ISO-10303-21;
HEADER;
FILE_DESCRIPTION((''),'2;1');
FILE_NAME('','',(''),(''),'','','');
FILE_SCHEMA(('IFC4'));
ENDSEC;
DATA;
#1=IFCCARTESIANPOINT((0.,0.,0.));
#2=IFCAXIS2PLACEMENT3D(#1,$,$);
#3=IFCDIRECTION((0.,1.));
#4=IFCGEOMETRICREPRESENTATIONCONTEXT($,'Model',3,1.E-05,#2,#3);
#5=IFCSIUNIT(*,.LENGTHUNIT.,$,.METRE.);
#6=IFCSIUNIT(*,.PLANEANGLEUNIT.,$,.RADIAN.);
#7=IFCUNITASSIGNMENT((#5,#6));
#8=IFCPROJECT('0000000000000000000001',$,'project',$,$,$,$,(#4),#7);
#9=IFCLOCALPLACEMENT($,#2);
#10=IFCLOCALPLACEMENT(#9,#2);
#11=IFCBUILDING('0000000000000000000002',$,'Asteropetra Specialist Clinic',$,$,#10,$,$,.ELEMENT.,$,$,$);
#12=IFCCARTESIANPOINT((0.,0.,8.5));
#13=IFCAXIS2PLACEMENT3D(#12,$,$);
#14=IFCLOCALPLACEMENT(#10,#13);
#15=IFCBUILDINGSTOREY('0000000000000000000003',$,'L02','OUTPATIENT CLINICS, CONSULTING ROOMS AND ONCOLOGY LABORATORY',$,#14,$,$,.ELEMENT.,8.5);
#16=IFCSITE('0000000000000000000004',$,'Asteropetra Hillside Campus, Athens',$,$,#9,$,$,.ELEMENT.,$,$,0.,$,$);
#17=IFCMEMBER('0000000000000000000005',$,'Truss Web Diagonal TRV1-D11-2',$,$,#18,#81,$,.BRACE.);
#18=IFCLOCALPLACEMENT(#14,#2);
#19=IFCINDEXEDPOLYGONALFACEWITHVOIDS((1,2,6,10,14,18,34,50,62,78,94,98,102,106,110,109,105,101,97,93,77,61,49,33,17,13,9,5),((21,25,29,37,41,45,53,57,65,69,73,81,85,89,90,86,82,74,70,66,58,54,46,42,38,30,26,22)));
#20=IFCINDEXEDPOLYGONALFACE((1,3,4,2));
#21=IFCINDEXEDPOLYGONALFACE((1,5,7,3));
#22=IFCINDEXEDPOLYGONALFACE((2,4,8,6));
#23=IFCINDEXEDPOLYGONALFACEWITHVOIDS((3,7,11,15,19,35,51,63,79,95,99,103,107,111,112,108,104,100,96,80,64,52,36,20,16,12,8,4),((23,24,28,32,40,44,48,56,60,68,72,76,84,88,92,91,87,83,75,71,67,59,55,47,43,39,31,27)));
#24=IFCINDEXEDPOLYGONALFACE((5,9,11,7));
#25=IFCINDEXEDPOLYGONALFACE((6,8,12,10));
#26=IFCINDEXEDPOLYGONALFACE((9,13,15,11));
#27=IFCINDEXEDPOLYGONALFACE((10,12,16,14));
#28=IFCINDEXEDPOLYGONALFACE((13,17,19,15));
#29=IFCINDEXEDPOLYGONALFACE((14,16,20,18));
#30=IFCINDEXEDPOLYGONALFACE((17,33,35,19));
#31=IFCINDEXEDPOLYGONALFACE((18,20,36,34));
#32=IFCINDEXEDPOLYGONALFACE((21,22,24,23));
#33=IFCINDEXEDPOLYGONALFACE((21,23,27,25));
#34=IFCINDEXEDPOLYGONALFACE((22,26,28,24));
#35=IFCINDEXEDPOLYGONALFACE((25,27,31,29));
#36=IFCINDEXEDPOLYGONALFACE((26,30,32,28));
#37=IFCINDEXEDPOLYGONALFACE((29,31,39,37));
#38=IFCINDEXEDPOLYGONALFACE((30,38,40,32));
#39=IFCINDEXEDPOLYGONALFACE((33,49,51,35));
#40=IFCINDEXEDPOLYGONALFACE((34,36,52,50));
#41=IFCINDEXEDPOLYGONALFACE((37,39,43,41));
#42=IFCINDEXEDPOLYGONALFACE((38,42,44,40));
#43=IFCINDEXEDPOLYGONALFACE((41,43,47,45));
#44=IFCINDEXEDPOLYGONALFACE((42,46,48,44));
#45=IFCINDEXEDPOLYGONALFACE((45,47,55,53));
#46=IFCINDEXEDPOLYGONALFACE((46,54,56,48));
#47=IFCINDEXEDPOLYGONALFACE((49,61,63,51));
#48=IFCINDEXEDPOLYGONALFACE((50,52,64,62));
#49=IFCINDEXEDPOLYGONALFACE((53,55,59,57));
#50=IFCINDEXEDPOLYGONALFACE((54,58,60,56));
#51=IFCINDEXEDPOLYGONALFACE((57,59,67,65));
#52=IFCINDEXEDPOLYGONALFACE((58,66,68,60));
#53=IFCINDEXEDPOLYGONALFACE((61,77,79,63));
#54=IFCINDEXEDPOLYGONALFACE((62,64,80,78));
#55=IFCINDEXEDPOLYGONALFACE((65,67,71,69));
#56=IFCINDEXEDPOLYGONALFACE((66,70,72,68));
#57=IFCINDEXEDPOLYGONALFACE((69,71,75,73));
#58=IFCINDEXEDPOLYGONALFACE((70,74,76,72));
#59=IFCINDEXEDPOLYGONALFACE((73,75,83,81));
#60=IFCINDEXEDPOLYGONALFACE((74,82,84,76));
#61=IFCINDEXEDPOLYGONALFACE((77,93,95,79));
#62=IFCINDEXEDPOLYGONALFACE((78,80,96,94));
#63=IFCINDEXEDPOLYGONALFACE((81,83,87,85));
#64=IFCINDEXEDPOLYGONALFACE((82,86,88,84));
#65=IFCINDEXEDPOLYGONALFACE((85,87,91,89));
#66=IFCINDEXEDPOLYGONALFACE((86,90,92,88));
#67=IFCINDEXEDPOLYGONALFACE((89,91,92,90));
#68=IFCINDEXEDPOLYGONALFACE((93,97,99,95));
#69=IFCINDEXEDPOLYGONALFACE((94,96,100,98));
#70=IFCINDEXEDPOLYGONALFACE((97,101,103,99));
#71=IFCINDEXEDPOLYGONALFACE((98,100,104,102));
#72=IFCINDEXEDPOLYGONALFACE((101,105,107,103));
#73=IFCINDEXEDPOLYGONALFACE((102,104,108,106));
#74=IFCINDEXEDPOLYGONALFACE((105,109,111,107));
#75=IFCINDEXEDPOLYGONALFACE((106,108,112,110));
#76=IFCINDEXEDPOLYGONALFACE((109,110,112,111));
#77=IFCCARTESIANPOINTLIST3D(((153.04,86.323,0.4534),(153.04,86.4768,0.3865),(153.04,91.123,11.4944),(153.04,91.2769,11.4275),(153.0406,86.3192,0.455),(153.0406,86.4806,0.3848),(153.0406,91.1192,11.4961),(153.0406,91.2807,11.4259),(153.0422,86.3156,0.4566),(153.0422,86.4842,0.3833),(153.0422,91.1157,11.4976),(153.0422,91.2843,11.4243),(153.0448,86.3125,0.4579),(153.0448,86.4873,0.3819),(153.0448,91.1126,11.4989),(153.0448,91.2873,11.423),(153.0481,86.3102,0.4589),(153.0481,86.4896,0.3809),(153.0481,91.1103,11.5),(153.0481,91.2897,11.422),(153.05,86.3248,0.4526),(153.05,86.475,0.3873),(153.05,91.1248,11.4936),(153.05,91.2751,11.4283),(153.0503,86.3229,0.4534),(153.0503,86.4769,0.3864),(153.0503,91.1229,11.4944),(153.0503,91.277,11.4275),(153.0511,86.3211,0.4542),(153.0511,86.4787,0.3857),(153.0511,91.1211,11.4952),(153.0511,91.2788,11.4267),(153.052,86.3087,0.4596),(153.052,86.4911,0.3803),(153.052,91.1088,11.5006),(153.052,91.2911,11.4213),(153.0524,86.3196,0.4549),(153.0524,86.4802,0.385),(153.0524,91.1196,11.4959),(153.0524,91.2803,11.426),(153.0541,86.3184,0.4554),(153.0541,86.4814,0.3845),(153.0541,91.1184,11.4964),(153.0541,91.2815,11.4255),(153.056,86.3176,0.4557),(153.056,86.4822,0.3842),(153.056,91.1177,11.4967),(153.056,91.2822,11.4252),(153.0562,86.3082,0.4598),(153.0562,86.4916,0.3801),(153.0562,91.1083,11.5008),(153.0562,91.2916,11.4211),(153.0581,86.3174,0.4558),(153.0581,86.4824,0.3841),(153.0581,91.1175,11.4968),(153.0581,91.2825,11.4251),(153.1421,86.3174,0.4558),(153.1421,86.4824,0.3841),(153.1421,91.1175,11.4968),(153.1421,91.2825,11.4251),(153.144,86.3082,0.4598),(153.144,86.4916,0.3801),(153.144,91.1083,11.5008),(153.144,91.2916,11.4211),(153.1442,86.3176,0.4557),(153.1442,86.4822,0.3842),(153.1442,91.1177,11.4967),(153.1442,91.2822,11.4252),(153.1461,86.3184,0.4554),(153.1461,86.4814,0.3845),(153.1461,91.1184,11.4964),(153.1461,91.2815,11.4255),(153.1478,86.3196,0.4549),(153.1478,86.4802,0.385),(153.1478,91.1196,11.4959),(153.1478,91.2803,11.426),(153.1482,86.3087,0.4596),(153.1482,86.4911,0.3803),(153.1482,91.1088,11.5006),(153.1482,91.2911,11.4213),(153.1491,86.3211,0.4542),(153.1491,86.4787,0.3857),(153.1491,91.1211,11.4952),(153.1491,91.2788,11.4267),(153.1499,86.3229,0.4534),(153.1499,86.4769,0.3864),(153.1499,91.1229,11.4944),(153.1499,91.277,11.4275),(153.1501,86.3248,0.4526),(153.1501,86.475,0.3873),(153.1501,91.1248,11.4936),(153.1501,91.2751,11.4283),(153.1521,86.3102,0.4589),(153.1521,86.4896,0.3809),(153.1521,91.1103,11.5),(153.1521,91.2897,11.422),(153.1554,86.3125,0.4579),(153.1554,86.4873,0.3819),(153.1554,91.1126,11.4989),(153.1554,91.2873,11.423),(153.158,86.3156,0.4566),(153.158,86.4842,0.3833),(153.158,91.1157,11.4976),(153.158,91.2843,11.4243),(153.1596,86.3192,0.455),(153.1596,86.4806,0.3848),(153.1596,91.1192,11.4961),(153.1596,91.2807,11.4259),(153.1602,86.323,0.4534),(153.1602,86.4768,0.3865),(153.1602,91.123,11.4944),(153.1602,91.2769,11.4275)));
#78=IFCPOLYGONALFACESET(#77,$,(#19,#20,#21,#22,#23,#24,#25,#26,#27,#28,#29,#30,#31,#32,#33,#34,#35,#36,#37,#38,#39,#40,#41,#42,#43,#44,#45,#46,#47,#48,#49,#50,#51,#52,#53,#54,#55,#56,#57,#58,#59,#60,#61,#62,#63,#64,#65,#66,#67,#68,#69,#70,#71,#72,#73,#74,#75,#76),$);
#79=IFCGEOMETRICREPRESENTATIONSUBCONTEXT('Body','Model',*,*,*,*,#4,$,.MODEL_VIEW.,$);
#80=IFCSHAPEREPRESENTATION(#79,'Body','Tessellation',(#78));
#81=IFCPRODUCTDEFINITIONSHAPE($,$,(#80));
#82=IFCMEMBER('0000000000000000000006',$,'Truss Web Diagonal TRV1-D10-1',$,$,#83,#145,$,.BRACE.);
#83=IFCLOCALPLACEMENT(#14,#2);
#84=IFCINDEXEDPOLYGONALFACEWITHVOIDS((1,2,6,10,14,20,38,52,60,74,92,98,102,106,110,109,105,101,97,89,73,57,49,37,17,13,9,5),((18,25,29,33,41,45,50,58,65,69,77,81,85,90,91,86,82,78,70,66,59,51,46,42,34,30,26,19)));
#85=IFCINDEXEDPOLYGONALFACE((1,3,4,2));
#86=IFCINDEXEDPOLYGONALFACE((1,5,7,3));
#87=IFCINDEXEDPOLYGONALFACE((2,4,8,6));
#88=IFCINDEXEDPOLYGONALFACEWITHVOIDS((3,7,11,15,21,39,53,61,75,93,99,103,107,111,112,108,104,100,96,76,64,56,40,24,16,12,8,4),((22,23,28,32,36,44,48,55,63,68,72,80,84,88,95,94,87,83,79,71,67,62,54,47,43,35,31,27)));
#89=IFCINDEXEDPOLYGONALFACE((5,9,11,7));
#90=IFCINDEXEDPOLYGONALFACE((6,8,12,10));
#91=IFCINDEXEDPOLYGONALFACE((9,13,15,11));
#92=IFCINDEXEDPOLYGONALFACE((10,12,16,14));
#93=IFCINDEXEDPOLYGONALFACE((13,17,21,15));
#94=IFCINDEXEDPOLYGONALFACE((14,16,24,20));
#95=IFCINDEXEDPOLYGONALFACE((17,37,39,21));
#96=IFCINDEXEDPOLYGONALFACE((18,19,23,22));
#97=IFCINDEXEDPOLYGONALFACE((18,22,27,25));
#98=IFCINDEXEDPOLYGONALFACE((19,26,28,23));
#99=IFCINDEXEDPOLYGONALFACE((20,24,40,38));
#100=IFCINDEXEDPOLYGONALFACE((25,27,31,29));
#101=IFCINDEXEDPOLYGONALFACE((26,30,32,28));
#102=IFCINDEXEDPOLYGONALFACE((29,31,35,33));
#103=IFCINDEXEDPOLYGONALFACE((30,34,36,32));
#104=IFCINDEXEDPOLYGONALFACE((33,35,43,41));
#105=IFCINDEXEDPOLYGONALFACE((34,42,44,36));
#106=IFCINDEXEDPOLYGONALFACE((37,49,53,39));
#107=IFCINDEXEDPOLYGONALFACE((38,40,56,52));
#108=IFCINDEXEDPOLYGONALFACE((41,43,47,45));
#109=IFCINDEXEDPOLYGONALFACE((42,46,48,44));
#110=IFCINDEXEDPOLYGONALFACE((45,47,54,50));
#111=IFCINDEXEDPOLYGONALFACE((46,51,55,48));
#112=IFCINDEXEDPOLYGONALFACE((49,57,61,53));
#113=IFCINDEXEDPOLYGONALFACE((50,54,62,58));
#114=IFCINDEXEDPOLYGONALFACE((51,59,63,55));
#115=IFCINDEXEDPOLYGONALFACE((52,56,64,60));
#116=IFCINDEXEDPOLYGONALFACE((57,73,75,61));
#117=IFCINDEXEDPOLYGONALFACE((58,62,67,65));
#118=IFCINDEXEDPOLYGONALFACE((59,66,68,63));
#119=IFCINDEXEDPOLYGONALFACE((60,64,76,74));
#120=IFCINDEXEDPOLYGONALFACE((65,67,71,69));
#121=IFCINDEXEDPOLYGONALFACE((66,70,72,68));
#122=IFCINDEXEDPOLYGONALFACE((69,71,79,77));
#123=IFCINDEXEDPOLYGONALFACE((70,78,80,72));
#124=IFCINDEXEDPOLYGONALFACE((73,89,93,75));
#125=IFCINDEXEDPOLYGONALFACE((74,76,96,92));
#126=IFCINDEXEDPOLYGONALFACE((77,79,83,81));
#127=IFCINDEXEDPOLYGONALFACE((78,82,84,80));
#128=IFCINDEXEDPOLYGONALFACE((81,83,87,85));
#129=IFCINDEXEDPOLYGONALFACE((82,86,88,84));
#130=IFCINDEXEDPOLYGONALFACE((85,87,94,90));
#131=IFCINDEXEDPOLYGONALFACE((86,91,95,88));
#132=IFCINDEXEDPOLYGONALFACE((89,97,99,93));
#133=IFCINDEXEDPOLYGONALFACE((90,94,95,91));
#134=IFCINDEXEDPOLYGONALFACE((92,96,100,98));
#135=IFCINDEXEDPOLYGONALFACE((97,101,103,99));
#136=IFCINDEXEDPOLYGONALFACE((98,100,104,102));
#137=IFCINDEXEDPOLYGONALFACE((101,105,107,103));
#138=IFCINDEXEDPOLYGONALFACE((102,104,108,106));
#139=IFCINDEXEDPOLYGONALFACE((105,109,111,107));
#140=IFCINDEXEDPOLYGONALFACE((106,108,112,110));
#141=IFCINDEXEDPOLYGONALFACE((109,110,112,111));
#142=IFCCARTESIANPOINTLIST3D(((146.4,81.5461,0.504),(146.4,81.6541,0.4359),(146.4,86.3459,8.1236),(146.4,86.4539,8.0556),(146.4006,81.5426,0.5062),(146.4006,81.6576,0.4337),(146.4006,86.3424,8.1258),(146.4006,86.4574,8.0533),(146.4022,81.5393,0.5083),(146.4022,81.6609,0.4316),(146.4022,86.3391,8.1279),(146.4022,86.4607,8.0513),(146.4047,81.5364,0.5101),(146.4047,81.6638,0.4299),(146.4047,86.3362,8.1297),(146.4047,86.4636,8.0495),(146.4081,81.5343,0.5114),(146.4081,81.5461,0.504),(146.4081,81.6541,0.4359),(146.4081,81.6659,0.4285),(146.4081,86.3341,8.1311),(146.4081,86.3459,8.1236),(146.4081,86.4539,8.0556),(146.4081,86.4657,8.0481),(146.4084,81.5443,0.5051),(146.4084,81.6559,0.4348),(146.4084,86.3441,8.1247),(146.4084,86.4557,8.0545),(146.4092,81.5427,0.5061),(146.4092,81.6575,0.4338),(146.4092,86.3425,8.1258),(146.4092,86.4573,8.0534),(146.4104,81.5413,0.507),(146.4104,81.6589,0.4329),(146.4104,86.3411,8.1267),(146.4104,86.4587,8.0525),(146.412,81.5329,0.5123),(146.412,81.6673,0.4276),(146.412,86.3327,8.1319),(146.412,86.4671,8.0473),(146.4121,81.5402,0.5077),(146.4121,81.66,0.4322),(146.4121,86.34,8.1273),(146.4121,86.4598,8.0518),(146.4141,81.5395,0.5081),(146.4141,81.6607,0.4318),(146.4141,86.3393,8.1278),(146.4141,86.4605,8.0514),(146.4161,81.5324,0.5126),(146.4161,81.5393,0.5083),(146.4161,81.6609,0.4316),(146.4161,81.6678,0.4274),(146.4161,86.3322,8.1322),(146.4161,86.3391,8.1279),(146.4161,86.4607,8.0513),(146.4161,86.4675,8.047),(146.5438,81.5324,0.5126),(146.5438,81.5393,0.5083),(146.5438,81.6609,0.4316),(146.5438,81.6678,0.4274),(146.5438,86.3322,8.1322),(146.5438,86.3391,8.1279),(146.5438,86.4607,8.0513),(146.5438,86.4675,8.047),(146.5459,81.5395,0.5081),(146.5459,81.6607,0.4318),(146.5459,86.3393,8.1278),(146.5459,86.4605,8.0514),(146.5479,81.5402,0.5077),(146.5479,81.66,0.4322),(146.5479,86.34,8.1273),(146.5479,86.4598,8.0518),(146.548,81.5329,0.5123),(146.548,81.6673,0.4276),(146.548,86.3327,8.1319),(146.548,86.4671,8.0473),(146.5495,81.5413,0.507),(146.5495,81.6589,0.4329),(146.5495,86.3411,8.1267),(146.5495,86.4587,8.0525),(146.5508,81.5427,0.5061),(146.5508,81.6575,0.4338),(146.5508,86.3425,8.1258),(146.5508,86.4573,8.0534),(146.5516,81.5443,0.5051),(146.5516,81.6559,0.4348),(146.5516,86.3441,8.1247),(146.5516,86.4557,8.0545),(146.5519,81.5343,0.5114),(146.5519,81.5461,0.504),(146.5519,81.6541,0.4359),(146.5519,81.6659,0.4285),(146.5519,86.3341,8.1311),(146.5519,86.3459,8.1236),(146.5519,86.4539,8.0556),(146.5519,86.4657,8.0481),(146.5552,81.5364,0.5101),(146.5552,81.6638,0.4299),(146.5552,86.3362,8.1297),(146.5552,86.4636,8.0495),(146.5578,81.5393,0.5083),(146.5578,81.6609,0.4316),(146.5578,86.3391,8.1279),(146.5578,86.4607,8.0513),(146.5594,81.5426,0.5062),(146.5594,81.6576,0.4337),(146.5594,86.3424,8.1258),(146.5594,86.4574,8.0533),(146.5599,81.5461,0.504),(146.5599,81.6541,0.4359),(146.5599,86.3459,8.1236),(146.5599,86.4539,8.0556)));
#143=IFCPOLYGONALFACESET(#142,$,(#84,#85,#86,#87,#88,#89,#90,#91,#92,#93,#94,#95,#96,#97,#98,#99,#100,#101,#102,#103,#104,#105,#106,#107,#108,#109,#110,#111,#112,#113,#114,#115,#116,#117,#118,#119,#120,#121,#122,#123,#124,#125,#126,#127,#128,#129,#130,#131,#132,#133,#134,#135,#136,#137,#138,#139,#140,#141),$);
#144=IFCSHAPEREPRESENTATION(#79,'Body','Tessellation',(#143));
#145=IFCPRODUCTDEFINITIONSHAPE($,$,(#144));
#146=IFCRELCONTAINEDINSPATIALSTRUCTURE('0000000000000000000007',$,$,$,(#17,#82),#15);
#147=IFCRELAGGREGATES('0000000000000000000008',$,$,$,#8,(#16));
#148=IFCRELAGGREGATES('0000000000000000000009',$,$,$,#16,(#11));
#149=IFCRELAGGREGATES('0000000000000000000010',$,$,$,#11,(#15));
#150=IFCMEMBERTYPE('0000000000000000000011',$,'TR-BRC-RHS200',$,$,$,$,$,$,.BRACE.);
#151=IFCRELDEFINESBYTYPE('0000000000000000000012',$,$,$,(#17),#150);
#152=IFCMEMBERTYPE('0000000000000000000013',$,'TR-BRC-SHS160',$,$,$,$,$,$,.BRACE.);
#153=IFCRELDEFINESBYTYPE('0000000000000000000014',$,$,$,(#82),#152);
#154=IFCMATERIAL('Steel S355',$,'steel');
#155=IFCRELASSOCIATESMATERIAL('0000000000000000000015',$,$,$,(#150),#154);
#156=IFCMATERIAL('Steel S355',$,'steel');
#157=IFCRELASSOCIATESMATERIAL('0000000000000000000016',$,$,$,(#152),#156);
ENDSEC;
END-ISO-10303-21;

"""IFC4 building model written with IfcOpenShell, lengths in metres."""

from ifc_helpers import new_model, si_unit, direction, frame, origin, origin_2d, place, context, subcontext, project, spatial, hollow_rectangle, extrude, material, material_profile, profile_set, type_object, element, save


model = new_model("IFC4")

# Units and contexts
model_context = context("Model", 3, precision=1e-05, world=origin(), true_north=direction((0.0, 1.0)))
body_context = subcontext(model_context, "Body", "Model", "MODEL_VIEW")
ifc_project = project(units=[si_unit("LENGTHUNIT", "METRE"), si_unit("PLANEANGLEUNIT", "RADIAN")], contexts=[model_context])

# Site, building, storey
site_placement = place(None, origin())
site = spatial("IfcSite", under=ifc_project, at=site_placement, Name="Asteropetra Hillside Campus, Athens", CompositionType="ELEMENT", RefElevation=0.0)
building_placement = place(site_placement, origin())
building = spatial("IfcBuilding", under=site, at=building_placement, Name="Asteropetra Specialist Clinic", CompositionType="ELEMENT")
storey_placement = place(building_placement, frame((0.0, 0.0, 8.5)))
storey = spatial("IfcBuildingStorey", under=building, at=storey_placement, Name="L02", Description="OUTPATIENT CLINICS, CONSULTING ROOMS AND ONCOLOGY LABORATORY", CompositionType="ELEMENT", Elevation=8.5)

# Members
ifc_material_1 = material(Name="Steel S355", Category="steel")
ifc_material_profile_1 = material_profile(ifc_material_1, hollow_rectangle(XDim=0.1201, YDim=0.2, WallThickness=0.01, InnerFilletRadius=0.0081, OuterFilletRadius=0.0161, at=origin_2d()), Name="RHS 200x120x10.0")
ifc_profile_set_1 = profile_set([ifc_material_profile_1], Name="Steel S355")
member_type_1 = type_object("IfcMemberType", Name="TR-BRC-RHS200", PredefinedType="BRACE", material=ifc_profile_set_1)
member_1_placement = place(storey_placement, frame((153.1001, 86.3999, 0.4199), z_axis=(0.0, 0.398699, 0.917082), x_axis=(-1.0, 0.0, 0.0)))
element("IfcMember", 1, at=member_1_placement, inside=storey, type_object=member_type_1, Name="Truss Web Diagonal TRV1-D11-2", PredefinedType="BRACE", context=body_context, shape_type="SweptSolid", body=[
    extrude(hollow_rectangle(XDim=0.1201, YDim=0.2, WallThickness=0.01, InnerFilletRadius=0.0081, OuterFilletRadius=0.0161, at=origin_2d()), origin(), (0.0, 0.0, 1.0), 12.0393),
])
ifc_material_2 = material(Name="Steel S355", Category="steel")
ifc_material_profile_2 = material_profile(ifc_material_2, hollow_rectangle(XDim=0.1599, YDim=0.1599, WallThickness=0.0081, InnerFilletRadius=0.0081, OuterFilletRadius=0.0161, at=origin_2d()), Name="SHS 160x160x8.0")
ifc_profile_set_2 = profile_set([ifc_material_profile_2], Name="Steel S355")
member_type_2 = type_object("IfcMemberType", Name="TR-BRC-SHS160", PredefinedType="BRACE", material=ifc_profile_set_2)
member_2_placement = place(storey_placement, frame((146.48, 81.6001, 0.47), z_axis=(0.0, 0.532993, 0.84612), x_axis=(-1.0, 0.0, 0.0)))
element("IfcMember", 2, at=member_2_placement, inside=storey, type_object=member_type_2, Name="Truss Web Diagonal TRV1-D10-1", PredefinedType="BRACE", context=body_context, shape_type="SweptSolid", body=[
    extrude(hollow_rectangle(XDim=0.1599, YDim=0.1599, WallThickness=0.0081, InnerFilletRadius=0.0081, OuterFilletRadius=0.0161, at=origin_2d()), origin(), (0.0, 0.0, 1.0), 9.0054),
])

save(model, "model.ifc")
